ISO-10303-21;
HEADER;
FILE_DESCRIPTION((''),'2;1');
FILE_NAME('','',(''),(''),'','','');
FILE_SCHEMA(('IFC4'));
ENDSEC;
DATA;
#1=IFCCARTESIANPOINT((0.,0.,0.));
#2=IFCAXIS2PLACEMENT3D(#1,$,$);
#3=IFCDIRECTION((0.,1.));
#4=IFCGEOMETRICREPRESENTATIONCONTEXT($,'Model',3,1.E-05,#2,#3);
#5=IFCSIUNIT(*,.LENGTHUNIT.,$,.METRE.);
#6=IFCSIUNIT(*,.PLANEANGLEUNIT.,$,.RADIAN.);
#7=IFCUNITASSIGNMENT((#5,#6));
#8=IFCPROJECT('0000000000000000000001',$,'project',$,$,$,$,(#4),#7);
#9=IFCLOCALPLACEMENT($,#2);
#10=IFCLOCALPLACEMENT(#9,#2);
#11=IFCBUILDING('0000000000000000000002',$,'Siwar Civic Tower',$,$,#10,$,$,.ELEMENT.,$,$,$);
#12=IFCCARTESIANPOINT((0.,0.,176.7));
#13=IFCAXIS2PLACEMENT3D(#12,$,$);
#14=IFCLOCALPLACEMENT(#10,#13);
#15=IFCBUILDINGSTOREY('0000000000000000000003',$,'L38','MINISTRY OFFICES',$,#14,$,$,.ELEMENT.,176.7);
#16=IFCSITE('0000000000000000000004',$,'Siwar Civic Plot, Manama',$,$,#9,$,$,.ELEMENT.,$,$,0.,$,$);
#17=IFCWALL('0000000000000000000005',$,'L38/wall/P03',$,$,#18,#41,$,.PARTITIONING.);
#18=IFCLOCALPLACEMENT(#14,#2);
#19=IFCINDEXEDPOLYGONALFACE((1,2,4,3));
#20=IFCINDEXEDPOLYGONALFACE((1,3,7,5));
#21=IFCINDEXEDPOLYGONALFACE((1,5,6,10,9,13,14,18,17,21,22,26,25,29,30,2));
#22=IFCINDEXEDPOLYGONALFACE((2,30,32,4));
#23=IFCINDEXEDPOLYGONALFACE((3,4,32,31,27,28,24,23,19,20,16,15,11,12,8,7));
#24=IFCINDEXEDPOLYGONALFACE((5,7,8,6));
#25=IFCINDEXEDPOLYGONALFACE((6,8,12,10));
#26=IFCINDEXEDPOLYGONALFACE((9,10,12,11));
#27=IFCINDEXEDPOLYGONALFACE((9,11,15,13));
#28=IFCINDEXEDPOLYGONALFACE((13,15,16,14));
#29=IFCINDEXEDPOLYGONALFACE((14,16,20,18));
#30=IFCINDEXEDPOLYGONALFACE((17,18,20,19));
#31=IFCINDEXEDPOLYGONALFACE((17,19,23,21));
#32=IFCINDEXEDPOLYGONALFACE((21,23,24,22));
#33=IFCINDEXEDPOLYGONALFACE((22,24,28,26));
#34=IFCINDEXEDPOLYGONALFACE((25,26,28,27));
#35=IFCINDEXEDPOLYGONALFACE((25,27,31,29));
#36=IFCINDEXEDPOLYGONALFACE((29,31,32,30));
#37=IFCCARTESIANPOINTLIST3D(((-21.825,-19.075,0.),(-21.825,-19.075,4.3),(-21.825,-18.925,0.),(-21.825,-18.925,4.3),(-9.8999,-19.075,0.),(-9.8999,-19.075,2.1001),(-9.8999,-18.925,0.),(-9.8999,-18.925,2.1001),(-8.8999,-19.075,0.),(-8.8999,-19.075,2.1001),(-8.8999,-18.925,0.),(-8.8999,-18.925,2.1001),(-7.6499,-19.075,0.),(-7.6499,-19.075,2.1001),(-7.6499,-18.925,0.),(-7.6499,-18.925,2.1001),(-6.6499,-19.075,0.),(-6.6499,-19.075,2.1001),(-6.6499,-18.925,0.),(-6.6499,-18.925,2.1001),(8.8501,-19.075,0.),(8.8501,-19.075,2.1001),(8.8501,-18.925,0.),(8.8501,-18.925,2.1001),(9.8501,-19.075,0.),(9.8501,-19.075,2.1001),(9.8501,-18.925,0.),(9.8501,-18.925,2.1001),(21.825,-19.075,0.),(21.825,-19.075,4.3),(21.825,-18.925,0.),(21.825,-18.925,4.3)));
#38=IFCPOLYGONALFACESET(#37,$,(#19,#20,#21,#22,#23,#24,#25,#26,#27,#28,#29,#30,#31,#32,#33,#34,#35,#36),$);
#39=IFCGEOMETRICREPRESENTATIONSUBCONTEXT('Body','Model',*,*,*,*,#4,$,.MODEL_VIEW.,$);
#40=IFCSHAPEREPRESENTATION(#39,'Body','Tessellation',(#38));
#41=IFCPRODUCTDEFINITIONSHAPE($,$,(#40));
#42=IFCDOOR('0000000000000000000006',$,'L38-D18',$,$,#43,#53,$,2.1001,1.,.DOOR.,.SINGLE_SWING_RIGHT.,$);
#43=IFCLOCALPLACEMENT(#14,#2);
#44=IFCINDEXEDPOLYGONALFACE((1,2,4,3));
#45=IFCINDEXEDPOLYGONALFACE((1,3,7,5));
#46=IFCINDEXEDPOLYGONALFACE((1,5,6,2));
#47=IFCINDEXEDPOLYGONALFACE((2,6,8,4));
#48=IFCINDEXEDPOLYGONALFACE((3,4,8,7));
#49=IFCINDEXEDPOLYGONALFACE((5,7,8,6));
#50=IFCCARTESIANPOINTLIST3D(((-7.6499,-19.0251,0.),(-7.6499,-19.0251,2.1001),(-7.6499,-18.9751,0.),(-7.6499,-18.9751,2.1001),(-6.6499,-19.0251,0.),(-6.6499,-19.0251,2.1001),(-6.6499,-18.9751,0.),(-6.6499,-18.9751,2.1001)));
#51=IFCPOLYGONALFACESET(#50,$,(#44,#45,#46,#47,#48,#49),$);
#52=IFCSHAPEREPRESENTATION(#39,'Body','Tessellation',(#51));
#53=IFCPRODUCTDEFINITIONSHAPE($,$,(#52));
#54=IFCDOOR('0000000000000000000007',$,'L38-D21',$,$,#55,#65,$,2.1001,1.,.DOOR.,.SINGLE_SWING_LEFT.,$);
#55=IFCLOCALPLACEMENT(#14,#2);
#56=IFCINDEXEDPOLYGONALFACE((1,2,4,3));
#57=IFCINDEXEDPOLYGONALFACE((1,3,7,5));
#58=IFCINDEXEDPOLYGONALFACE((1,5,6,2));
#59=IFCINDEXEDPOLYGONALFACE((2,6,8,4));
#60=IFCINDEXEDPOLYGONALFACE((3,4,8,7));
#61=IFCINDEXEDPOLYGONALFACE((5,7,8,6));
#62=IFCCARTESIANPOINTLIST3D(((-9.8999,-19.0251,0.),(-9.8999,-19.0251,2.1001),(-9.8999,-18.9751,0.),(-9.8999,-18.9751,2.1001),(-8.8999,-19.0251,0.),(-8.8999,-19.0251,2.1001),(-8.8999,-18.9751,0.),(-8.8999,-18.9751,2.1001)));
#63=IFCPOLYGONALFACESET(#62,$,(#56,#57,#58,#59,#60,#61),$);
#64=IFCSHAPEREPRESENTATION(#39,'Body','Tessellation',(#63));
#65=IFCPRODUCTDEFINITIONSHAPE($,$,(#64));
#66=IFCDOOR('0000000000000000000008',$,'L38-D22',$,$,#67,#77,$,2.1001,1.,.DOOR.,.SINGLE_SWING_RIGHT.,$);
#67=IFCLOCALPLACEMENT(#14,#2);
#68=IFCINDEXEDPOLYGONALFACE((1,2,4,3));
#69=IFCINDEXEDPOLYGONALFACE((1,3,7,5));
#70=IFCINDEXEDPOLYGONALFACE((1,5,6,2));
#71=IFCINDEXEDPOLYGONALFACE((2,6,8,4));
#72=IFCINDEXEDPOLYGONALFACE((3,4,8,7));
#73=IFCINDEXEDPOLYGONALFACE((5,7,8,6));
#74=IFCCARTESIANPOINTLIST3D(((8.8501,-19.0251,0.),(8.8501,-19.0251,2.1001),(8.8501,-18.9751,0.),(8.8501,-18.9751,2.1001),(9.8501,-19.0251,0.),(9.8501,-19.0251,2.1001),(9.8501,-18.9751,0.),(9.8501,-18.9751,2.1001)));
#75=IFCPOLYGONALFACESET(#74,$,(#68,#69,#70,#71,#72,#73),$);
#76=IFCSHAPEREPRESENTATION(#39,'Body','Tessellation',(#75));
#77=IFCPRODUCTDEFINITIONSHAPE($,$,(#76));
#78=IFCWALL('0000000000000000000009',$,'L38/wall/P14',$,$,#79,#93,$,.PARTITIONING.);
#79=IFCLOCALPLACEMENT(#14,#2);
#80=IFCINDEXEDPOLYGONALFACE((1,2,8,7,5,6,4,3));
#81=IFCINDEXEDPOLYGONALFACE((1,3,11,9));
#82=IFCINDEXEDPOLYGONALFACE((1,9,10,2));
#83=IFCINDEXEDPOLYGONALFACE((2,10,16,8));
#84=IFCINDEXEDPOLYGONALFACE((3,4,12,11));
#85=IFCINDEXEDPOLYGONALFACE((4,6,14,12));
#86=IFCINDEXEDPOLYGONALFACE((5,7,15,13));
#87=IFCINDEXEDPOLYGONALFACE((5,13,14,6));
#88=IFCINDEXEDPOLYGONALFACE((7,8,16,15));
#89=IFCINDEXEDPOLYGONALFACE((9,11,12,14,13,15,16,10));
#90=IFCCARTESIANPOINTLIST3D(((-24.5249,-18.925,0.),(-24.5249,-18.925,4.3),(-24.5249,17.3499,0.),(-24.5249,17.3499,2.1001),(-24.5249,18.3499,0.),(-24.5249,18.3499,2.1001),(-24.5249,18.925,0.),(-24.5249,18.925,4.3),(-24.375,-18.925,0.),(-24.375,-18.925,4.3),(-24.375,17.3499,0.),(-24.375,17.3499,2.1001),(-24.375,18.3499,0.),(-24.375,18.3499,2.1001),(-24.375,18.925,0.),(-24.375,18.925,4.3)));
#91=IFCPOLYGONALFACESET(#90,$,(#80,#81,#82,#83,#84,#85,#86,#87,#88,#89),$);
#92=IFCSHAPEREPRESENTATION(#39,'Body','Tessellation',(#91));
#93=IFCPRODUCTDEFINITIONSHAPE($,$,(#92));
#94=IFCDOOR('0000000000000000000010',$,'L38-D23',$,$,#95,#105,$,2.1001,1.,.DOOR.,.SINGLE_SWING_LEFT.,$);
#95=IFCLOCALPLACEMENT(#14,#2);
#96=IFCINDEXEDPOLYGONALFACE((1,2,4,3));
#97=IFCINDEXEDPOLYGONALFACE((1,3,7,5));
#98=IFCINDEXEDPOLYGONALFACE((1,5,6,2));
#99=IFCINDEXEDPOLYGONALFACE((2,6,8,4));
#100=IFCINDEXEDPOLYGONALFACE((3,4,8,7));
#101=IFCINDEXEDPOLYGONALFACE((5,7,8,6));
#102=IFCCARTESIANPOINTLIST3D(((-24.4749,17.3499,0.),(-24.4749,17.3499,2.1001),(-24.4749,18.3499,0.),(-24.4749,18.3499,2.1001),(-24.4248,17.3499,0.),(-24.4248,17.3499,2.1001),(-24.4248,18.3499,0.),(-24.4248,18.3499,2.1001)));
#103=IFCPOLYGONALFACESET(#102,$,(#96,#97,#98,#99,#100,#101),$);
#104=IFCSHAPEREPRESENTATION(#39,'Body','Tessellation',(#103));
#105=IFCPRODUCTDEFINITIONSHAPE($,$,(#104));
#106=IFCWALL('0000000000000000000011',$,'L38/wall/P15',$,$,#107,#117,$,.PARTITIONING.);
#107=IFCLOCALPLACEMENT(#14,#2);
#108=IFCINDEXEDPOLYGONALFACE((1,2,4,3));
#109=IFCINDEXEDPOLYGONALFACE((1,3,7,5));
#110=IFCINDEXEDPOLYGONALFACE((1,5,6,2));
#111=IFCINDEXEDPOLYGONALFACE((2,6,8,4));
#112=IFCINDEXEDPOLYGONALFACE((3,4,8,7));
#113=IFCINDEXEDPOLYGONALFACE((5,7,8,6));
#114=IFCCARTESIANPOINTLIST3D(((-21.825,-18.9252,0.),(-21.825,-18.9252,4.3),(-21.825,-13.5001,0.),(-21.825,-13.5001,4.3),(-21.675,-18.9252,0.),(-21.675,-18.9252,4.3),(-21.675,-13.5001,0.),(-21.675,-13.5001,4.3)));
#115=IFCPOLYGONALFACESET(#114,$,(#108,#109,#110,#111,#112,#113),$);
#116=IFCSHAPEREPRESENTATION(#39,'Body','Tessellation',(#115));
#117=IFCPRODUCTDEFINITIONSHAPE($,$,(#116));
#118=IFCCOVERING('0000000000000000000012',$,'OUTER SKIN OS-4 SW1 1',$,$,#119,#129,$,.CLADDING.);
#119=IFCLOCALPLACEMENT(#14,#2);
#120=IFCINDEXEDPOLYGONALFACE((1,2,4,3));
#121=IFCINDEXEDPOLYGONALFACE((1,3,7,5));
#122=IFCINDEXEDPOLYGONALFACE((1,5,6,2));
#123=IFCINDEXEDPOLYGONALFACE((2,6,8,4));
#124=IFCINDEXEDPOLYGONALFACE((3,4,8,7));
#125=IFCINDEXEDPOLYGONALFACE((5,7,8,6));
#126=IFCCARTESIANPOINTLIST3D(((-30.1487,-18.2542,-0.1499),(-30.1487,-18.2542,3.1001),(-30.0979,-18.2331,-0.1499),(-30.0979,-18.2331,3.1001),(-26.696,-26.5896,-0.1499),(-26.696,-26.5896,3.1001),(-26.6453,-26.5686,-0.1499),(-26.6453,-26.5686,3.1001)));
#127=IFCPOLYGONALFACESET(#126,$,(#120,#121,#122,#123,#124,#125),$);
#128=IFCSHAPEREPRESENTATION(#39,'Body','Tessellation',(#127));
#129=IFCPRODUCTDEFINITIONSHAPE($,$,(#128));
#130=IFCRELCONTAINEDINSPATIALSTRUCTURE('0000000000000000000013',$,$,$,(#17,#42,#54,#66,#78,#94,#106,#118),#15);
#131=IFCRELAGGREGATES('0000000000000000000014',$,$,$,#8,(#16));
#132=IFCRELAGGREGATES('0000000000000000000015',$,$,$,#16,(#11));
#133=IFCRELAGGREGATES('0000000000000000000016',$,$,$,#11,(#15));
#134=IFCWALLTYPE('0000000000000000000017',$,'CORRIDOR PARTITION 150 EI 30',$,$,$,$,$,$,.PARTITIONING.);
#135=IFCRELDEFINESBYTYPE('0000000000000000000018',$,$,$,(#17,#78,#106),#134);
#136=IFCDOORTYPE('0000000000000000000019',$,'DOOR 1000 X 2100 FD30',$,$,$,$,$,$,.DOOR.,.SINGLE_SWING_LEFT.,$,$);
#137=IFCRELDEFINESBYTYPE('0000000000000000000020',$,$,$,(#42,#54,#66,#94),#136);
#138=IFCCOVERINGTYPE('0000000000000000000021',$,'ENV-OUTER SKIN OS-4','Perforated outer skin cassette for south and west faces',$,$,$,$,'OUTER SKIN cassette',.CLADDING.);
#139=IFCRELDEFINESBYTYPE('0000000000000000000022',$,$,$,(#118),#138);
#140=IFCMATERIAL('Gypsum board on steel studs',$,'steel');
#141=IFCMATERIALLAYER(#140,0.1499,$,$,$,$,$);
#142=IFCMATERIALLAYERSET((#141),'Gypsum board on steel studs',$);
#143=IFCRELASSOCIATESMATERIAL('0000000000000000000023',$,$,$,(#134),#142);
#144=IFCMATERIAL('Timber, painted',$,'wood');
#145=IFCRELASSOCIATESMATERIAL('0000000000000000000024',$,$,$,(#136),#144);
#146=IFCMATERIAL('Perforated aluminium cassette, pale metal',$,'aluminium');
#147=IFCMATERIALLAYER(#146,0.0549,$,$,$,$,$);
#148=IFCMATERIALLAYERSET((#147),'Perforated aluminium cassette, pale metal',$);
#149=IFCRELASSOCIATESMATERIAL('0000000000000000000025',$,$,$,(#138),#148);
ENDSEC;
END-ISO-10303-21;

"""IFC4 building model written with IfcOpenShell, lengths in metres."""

from ifc_helpers import new_model, si_unit, direction, frame, frame_2d, origin, origin_2d, place, context, subcontext, project, spatial, rectangle, extrude, material, layer, layer_set, type_object, element, fill, save


model = new_model("IFC4")

# Units and contexts
model_context = context("Model", 3, precision=1e-05, world=origin(), true_north=direction((0.0, 1.0)))
body_context = subcontext(model_context, "Body", "Model", "MODEL_VIEW")
ifc_project = project(units=[si_unit("LENGTHUNIT", "METRE"), si_unit("PLANEANGLEUNIT", "RADIAN")], contexts=[model_context])

# Site, building, storey
site_placement = place(None, origin())
site = spatial("IfcSite", under=ifc_project, at=site_placement, Name="Siwar Civic Plot, Manama", CompositionType="ELEMENT", RefElevation=0.0)
building_placement = place(site_placement, origin())
building = spatial("IfcBuilding", under=site, at=building_placement, Name="Siwar Civic Tower", CompositionType="ELEMENT")
storey_placement = place(building_placement, frame((0.0, 0.0, 176.7)))
storey = spatial("IfcBuildingStorey", under=building, at=storey_placement, Name="L38", Description="MINISTRY OFFICES", CompositionType="ELEMENT", Elevation=176.7)

# Shared definitions
ifc_material_1 = material(Name="Gypsum board on steel studs", Category="steel")
ifc_layer_1 = layer(ifc_material_1, 0.1499)
ifc_layer_set_1 = layer_set([ifc_layer_1], Name="Gypsum board on steel studs")
wall_type = type_object("IfcWallType", Name="CORRIDOR PARTITION 150 EI 30", PredefinedType="PARTITIONING", material=ifc_layer_set_1)
ifc_material_2 = material(Name="Timber, painted", Category="wood")
door_type = type_object("IfcDoorType", Name="DOOR 1000 X 2100 FD30", OperationType="SINGLE_SWING_LEFT", PredefinedType="DOOR", material=ifc_material_2)

# Wall, openings, doors
wall_1_placement = place(storey_placement, frame((-21.825, -19.0, 0.0), z_axis=(0.0, 0.0, 1.0), x_axis=(1.0, 0.0, 0.0)))
wall_1 = element("IfcWall", 1, at=wall_1_placement, inside=storey, type_object=wall_type, Name="L38/wall/P03", PredefinedType="PARTITIONING", context=body_context, shape_type="SweptSolid", body=[
    extrude(rectangle(XDim=43.6499, YDim=0.1499, at=frame_2d((21.825, 0.0))), origin(), (0.0, 0.0, 1.0), 4.3),
])
opening_1_placement = place(wall_1_placement, frame((14.175, 0.0, 0.0)))
opening_1 = element("IfcOpeningElement", 2, at=opening_1_placement, cuts=wall_1, PredefinedType="OPENING", context=body_context, shape_type="SweptSolid", body=[
    extrude(rectangle(XDim=1.0, YDim=2.1001, at=frame_2d((0.5, 1.05))), frame((0.0, 0.085, 0.0), z_axis=(0.0, -1.0, 0.0), x_axis=(1.0, 0.0, 0.0)), (0.0, 0.0, 1.0), 0.1699),
])
opening_2_placement = place(wall_1_placement, frame((11.925, 0.0, 0.0)))
opening_2 = element("IfcOpeningElement", 3, at=opening_2_placement, cuts=wall_1, PredefinedType="OPENING", context=body_context, shape_type="SweptSolid", body=[
    extrude(rectangle(XDim=1.0, YDim=2.1001, at=frame_2d((0.5, 1.05))), frame((0.0, 0.085, 0.0), z_axis=(0.0, -1.0, 0.0), x_axis=(1.0, 0.0, 0.0)), (0.0, 0.0, 1.0), 0.1699),
])
opening_3_placement = place(wall_1_placement, frame((30.675, 0.0, 0.0)))
opening_3 = element("IfcOpeningElement", 4, at=opening_3_placement, cuts=wall_1, PredefinedType="OPENING", context=body_context, shape_type="SweptSolid", body=[
    extrude(rectangle(XDim=1.0, YDim=2.1001, at=frame_2d((0.5, 1.05))), frame((0.0, 0.085, 0.0), z_axis=(0.0, -1.0, 0.0), x_axis=(1.0, 0.0, 0.0)), (0.0, 0.0, 1.0), 0.1699),
])
door_1_placement = place(opening_1_placement, origin())
door_1 = element("IfcDoor", 5, at=door_1_placement, inside=storey, type_object=door_type, Name="L38-D18", OperationType="SINGLE_SWING_RIGHT", OverallHeight=2.1001, OverallWidth=1.0, PredefinedType="DOOR", context=body_context, shape_type="SweptSolid", body=[
    extrude(rectangle(XDim=1.0, YDim=2.1001, at=frame_2d((0.5, 1.05))), frame((0.0, 0.0249, 0.0), z_axis=(0.0, -1.0, 0.0), x_axis=(1.0, 0.0, 0.0)), (0.0, 0.0, 1.0), 0.05),
])
fill(opening_1, door_1)
door_2_placement = place(opening_2_placement, origin())
door_2 = element("IfcDoor", 6, at=door_2_placement, inside=storey, type_object=door_type, Name="L38-D21", OperationType="SINGLE_SWING_LEFT", OverallHeight=2.1001, OverallWidth=1.0, PredefinedType="DOOR", context=body_context, shape_type="SweptSolid", body=[
    extrude(rectangle(XDim=1.0, YDim=2.1001, at=frame_2d((0.5, 1.05))), frame((0.0, 0.0249, 0.0), z_axis=(0.0, -1.0, 0.0), x_axis=(1.0, 0.0, 0.0)), (0.0, 0.0, 1.0), 0.05),
])
fill(opening_2, door_2)
door_3_placement = place(opening_3_placement, origin())
door_3 = element("IfcDoor", 7, at=door_3_placement, inside=storey, type_object=door_type, Name="L38-D22", OperationType="SINGLE_SWING_RIGHT", OverallHeight=2.1001, OverallWidth=1.0, PredefinedType="DOOR", context=body_context, shape_type="SweptSolid", body=[
    extrude(rectangle(XDim=1.0, YDim=2.1001, at=frame_2d((0.5, 1.05))), frame((0.0, 0.0249, 0.0), z_axis=(0.0, -1.0, 0.0), x_axis=(1.0, 0.0, 0.0)), (0.0, 0.0, 1.0), 0.05),
])
fill(opening_3, door_3)

# Wall, opening, door
wall_2_placement = place(storey_placement, frame((-24.45, -18.925, 0.0), z_axis=(0.0, 0.0, 1.0), x_axis=(0.0, 1.0, 0.0)))
wall_2 = element("IfcWall", 8, at=wall_2_placement, inside=storey, type_object=wall_type, Name="L38/wall/P14", PredefinedType="PARTITIONING", context=body_context, shape_type="SweptSolid", body=[
    extrude(rectangle(XDim=37.8501, YDim=0.1499, at=frame_2d((18.925, 0.0))), origin(), (0.0, 0.0, 1.0), 4.3),
])
opening_4_placement = place(wall_2_placement, frame((36.2749, 0.0, 0.0)))
opening_4 = element("IfcOpeningElement", 9, at=opening_4_placement, cuts=wall_2, PredefinedType="OPENING", context=body_context, shape_type="SweptSolid", body=[
    extrude(rectangle(XDim=1.0, YDim=2.1001, at=frame_2d((0.5, 1.05))), frame((0.0, 0.085, 0.0), z_axis=(0.0, -1.0, 0.0), x_axis=(1.0, 0.0, 0.0)), (0.0, 0.0, 1.0), 0.1699),
])
door_4_placement = place(opening_4_placement, origin())
door_4 = element("IfcDoor", 10, at=door_4_placement, inside=storey, type_object=door_type, Name="L38-D23", OperationType="SINGLE_SWING_LEFT", OverallHeight=2.1001, OverallWidth=1.0, PredefinedType="DOOR", context=body_context, shape_type="SweptSolid", body=[
    extrude(rectangle(XDim=1.0, YDim=2.1001, at=frame_2d((0.5, 1.05))), frame((0.0, 0.0249, 0.0), z_axis=(0.0, -1.0, 0.0), x_axis=(1.0, 0.0, 0.0)), (0.0, 0.0, 1.0), 0.05),
])
fill(opening_4, door_4)

# Wall
wall_3_placement = place(storey_placement, frame((-21.75, -18.925, 0.0), z_axis=(0.0, 0.0, 1.0), x_axis=(0.0, 1.0, 0.0)))
element("IfcWall", 11, at=wall_3_placement, inside=storey, type_object=wall_type, Name="L38/wall/P15", PredefinedType="PARTITIONING", context=body_context, shape_type="SweptSolid", body=[
    extrude(rectangle(XDim=5.425, YDim=0.1499, at=frame_2d((2.7124, 0.0))), origin(), (0.0, 0.0, 1.0), 4.3),
])

# Covering
ifc_material_3 = material(Name="Perforated aluminium cassette, pale metal", Category="aluminium")
ifc_layer_2 = layer(ifc_material_3, 0.0549)
ifc_layer_set_2 = layer_set([ifc_layer_2], Name="Perforated aluminium cassette, pale metal")
covering_type = type_object("IfcCoveringType", Name="ENV-OUTER SKIN OS-4", Description="Perforated outer skin cassette for south and west faces", ElementType="OUTER SKIN cassette", PredefinedType="CLADDING", material=ifc_layer_set_2)
covering_placement = place(storey_placement, frame((-28.397, -22.4114, -0.1499), z_axis=(0.0, 0.0, 1.0), x_axis=(0.382683, -0.92388, 0.0)))
element("IfcCovering", 12, at=covering_placement, inside=storey, type_object=covering_type, Name="OUTER SKIN OS-4 SW1 1", PredefinedType="CLADDING", context=body_context, shape_type="SweptSolid", body=[
    extrude(rectangle(XDim=9.0222, YDim=0.0549, at=origin_2d()), origin(), (0.0, 0.0, 1.0), 3.25),
])

save(model, "model.ifc")
